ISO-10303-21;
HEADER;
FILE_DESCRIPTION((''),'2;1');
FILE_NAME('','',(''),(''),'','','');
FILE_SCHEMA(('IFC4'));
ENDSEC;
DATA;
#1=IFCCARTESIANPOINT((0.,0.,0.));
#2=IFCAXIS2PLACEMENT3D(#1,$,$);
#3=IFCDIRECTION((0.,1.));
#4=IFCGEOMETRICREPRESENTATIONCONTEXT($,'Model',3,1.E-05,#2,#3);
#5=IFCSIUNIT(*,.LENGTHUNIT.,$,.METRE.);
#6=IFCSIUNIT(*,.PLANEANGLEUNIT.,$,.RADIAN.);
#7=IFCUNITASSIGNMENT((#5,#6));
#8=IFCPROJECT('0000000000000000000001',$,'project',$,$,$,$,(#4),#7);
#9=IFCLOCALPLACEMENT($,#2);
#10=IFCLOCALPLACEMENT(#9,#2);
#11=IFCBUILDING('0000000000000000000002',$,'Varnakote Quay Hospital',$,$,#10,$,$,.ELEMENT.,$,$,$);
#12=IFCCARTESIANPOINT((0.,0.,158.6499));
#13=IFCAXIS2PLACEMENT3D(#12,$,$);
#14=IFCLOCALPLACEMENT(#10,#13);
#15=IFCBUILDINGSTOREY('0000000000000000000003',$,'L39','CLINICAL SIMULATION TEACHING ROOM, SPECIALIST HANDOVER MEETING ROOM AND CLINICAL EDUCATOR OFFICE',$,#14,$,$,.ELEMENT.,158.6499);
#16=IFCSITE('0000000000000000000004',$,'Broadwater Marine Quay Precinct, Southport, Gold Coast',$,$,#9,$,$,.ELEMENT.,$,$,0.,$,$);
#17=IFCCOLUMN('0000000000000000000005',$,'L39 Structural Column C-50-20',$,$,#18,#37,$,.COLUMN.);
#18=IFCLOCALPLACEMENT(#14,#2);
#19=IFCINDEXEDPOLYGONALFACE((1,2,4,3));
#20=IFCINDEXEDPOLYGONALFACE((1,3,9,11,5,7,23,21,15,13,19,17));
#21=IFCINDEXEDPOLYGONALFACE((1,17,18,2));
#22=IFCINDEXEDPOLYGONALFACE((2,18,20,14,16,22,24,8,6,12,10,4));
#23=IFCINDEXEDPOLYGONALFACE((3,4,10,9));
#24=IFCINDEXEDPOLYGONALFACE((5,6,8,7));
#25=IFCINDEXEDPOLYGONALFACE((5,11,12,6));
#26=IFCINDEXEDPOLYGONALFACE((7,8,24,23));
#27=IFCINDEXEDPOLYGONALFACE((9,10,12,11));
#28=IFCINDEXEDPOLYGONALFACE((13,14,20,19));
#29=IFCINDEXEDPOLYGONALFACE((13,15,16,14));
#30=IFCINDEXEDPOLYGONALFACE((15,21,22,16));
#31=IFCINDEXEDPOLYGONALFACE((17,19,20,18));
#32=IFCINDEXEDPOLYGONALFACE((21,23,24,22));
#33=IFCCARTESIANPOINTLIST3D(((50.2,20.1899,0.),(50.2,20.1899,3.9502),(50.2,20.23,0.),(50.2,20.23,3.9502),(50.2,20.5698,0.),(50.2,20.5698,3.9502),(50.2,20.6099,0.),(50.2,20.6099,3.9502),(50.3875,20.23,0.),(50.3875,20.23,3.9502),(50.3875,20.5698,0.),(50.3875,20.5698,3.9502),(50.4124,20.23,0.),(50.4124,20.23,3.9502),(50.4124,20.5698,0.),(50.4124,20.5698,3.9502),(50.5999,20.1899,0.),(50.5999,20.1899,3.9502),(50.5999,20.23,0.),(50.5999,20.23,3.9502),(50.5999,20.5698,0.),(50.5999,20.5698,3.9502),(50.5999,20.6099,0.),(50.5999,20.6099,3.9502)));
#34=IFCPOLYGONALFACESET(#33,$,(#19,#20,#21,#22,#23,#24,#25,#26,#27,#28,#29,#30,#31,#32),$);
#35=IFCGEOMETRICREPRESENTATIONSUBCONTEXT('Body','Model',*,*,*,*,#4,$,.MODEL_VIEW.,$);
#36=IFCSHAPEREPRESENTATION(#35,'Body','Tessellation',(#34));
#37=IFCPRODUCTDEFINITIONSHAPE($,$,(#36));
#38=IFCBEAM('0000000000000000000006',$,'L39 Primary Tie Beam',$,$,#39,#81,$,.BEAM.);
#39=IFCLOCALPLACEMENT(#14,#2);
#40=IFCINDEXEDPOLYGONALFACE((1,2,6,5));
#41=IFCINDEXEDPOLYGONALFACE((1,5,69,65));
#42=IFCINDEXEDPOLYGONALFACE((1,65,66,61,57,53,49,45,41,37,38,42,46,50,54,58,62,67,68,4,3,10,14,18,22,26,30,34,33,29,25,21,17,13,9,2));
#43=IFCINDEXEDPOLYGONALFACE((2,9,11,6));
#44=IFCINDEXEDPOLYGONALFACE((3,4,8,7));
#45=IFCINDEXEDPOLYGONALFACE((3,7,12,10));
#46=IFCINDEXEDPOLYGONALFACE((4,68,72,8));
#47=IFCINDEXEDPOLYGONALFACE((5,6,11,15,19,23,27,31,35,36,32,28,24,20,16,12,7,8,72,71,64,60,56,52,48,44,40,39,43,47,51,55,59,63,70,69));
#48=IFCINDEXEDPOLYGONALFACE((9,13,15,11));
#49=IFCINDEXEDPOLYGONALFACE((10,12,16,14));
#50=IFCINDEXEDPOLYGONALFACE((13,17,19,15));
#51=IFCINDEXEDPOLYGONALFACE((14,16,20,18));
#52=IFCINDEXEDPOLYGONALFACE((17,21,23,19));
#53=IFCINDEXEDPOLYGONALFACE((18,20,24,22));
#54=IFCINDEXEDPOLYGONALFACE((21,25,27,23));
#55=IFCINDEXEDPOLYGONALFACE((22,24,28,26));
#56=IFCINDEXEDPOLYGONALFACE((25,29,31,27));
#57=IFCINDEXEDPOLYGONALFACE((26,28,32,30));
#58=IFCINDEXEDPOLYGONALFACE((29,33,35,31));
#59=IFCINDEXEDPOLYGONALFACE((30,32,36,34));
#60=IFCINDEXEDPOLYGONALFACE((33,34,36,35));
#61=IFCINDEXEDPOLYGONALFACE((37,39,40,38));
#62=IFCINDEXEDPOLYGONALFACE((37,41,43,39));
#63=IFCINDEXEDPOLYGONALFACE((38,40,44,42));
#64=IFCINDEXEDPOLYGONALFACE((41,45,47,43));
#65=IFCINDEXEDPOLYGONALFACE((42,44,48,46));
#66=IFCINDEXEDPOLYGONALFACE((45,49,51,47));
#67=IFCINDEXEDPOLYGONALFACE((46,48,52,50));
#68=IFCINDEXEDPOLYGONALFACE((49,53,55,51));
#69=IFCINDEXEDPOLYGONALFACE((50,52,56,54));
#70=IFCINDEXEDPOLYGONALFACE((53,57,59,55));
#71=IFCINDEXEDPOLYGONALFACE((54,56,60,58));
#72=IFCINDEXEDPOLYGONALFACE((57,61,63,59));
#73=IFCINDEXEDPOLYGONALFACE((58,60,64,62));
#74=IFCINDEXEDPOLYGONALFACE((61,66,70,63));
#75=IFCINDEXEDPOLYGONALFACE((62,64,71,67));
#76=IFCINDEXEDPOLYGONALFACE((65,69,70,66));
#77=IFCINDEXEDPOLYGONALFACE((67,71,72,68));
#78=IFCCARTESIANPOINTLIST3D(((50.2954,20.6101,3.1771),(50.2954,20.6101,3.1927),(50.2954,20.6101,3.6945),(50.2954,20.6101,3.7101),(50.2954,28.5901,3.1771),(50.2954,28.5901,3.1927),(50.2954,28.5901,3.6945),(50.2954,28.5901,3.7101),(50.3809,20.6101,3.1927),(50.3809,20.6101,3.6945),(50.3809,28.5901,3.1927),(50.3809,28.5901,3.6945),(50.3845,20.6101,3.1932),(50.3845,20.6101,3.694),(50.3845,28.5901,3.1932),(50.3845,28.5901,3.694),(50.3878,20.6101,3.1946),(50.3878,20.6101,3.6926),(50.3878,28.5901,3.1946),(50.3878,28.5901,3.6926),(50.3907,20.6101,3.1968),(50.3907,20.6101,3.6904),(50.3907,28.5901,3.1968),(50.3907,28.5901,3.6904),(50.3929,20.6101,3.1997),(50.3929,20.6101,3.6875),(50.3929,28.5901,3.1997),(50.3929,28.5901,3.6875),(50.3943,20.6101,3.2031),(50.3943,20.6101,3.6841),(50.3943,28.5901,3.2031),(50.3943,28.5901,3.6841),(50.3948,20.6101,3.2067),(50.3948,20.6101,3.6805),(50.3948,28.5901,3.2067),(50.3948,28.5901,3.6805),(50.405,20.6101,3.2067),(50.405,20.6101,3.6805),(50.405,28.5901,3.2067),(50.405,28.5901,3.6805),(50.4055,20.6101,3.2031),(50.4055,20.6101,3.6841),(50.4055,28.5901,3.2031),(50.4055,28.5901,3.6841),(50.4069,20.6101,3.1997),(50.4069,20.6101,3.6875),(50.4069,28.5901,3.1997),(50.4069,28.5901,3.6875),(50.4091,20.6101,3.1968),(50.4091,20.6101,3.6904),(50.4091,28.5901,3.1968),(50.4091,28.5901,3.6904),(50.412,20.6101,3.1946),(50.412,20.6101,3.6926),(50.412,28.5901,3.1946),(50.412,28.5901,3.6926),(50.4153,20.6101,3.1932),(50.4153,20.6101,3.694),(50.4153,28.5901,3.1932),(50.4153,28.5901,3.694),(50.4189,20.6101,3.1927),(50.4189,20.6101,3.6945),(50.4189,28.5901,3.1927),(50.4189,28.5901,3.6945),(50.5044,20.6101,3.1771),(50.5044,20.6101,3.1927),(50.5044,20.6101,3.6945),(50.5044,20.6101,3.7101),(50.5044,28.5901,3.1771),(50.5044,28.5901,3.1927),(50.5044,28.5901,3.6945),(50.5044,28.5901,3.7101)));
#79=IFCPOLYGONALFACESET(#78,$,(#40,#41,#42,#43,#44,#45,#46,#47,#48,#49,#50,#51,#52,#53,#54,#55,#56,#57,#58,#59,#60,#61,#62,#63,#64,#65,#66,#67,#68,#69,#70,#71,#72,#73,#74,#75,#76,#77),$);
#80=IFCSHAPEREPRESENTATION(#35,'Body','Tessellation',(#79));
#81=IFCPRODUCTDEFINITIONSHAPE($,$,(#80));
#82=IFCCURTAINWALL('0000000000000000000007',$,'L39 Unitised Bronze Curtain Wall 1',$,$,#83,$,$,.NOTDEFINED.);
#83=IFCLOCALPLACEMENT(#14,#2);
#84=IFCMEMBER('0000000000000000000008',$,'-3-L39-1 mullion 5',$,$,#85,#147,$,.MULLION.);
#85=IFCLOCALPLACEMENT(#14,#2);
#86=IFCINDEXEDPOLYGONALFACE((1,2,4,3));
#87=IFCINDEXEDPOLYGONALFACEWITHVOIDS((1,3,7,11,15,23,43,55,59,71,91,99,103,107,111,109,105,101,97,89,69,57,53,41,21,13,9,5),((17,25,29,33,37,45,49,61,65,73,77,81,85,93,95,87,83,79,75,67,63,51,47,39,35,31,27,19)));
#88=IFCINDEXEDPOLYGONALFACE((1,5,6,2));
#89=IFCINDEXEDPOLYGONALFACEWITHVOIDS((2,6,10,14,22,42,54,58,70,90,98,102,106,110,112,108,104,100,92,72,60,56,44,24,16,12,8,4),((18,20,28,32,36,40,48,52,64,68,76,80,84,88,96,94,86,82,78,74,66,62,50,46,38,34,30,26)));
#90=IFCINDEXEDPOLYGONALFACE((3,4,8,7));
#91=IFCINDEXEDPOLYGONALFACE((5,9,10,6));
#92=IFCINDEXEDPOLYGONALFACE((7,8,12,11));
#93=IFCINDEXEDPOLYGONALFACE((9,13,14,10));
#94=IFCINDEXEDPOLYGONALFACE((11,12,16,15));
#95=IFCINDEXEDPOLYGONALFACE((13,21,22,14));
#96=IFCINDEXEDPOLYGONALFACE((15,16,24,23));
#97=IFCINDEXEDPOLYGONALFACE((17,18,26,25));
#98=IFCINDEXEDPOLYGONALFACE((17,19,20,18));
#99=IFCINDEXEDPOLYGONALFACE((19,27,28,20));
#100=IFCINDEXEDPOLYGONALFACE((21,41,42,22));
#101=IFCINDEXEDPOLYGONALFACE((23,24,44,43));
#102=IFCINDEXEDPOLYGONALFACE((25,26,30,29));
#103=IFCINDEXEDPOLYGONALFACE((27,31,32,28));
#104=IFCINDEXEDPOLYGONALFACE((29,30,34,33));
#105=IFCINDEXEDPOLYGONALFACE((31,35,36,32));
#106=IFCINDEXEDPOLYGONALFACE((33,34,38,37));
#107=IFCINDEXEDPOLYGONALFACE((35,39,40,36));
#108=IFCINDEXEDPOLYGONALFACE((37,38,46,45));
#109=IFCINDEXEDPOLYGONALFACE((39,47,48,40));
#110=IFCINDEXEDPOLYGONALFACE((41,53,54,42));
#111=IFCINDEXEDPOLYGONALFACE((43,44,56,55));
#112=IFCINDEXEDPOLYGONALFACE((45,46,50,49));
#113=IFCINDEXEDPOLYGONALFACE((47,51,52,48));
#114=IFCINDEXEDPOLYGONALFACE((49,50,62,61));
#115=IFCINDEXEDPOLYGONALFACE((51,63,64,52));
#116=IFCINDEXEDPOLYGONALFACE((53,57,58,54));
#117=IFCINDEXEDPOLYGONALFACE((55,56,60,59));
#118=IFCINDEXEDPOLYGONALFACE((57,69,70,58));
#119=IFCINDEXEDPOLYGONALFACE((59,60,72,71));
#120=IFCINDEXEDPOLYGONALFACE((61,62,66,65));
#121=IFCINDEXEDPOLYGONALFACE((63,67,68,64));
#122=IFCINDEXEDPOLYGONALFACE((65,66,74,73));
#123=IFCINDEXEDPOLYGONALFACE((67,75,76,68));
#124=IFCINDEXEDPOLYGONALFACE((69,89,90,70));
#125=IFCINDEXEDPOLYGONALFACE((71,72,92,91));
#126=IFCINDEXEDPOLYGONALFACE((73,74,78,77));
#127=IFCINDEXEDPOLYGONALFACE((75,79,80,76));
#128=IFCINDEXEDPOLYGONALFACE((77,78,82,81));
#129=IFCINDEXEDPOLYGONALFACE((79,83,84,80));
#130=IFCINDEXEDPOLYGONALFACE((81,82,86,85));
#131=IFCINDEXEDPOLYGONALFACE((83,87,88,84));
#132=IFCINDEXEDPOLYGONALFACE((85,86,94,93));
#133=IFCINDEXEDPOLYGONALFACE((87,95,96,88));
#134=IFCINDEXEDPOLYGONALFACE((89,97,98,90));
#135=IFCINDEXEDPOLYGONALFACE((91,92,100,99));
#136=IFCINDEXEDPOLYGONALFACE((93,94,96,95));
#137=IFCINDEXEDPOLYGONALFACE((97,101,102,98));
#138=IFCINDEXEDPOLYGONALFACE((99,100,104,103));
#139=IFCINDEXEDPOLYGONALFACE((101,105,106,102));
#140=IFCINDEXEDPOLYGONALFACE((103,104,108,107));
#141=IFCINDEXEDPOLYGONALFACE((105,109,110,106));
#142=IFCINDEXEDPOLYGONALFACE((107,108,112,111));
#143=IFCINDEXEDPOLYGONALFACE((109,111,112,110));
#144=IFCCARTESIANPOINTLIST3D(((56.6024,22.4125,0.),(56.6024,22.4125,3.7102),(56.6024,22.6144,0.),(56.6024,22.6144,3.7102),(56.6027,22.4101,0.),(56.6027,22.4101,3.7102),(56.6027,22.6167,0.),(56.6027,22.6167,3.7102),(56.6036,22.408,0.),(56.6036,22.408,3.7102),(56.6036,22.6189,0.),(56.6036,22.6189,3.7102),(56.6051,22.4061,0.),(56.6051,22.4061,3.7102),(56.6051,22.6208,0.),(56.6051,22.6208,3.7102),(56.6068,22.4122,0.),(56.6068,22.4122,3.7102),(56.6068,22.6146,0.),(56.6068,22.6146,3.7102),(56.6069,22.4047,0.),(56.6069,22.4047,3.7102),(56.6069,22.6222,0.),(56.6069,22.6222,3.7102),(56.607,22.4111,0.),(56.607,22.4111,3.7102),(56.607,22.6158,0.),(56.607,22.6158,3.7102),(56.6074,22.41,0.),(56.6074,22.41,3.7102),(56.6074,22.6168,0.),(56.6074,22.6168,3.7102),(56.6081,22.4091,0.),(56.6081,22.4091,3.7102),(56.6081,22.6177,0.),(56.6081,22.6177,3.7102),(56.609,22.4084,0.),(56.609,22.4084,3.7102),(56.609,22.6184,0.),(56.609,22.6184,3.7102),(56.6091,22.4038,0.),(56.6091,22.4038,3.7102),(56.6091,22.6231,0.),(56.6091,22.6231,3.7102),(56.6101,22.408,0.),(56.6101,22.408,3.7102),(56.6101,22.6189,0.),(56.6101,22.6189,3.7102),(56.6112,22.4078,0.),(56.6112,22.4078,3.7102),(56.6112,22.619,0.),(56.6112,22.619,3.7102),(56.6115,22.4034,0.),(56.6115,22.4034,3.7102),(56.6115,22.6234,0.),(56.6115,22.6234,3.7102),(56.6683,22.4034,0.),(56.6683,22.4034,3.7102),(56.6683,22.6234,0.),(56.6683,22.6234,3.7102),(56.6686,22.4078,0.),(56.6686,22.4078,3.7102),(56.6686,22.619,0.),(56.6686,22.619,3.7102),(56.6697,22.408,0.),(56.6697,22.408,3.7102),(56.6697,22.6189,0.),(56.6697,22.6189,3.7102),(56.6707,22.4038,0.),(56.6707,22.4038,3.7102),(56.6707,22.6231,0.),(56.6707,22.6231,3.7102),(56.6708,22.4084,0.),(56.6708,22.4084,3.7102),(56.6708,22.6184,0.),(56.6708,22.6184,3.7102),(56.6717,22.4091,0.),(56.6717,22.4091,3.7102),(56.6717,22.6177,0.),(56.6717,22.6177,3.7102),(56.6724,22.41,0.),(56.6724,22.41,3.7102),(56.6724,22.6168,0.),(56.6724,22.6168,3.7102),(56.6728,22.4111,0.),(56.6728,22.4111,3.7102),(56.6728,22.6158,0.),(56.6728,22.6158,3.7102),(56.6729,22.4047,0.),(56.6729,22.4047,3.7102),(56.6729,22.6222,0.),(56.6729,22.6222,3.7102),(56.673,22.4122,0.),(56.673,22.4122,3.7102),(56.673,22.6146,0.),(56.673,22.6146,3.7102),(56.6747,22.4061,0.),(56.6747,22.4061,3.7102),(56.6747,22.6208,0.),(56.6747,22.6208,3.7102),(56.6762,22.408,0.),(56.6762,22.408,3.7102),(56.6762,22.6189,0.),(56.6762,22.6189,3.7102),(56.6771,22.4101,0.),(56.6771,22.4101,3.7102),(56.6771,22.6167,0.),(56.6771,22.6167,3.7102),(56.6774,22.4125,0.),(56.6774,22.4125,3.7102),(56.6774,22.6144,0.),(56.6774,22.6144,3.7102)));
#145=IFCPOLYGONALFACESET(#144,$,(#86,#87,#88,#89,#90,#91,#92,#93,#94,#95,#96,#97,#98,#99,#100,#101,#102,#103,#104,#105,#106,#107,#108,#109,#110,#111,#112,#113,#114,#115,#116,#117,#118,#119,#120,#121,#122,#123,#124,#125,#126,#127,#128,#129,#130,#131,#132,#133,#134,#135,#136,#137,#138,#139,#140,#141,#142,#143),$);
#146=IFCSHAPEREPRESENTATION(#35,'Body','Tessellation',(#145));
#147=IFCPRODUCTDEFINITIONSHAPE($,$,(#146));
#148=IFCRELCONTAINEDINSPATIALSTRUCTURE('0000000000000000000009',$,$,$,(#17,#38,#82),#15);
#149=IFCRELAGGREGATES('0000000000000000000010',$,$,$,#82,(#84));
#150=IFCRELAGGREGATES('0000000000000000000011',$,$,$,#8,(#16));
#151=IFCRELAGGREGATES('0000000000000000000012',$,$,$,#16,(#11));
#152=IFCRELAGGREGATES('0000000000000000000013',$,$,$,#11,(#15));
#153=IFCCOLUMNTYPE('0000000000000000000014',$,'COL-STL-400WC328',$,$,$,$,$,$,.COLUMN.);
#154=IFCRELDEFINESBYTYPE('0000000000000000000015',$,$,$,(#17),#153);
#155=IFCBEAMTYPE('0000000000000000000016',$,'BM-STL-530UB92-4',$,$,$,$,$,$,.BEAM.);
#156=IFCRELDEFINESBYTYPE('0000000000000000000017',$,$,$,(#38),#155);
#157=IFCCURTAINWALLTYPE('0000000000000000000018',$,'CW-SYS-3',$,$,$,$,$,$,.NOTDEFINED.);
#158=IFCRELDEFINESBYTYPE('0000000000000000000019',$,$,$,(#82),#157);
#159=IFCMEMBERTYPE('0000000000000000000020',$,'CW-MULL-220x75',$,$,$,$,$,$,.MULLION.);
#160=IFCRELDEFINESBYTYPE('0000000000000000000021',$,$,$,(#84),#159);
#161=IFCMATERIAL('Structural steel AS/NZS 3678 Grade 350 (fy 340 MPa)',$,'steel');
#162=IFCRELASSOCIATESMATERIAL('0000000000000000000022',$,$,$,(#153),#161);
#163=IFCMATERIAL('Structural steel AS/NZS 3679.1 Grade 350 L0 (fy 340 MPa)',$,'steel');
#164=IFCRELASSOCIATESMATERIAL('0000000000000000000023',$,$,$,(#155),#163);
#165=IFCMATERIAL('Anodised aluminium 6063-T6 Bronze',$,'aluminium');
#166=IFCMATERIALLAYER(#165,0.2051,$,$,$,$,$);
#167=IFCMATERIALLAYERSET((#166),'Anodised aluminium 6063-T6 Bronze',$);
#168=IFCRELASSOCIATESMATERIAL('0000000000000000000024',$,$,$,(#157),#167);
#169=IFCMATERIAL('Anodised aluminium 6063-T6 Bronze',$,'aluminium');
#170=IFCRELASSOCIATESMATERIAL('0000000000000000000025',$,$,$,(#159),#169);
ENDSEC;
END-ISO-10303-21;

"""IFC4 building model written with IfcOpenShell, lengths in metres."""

from ifc_helpers import new_model, si_unit, direction, frame, origin, origin_2d, place, context, subcontext, project, spatial, hollow_rectangle, i_section, extrude, material, layer, layer_set, material_profile, profile_set, type_object, element, aggregate, save


model = new_model("IFC4")

# Units and contexts
model_context = context("Model", 3, precision=1e-05, world=origin(), true_north=direction((0.0, 1.0)))
body_context = subcontext(model_context, "Body", "Model", "MODEL_VIEW")
ifc_project = project(units=[si_unit("LENGTHUNIT", "METRE"), si_unit("PLANEANGLEUNIT", "RADIAN")], contexts=[model_context])

# Site, building, storey
site_placement = place(None, origin())
site = spatial("IfcSite", under=ifc_project, at=site_placement, Name="Broadwater Marine Quay Precinct, Southport, Gold Coast", CompositionType="ELEMENT", RefElevation=0.0)
building_placement = place(site_placement, origin())
building = spatial("IfcBuilding", under=site, at=building_placement, Name="Varnakote Quay Hospital", CompositionType="ELEMENT")
storey_placement = place(building_placement, frame((0.0, 0.0, 158.6499)))
storey = spatial("IfcBuildingStorey", under=building, at=storey_placement, Name="L39", Description="CLINICAL SIMULATION TEACHING ROOM, SPECIALIST HANDOVER MEETING ROOM AND CLINICAL EDUCATOR OFFICE", CompositionType="ELEMENT", Elevation=158.6499)

# Column
ifc_material_1 = material(Name="Structural steel AS/NZS 3678 Grade 350 (fy 340 MPa)", Category="steel")
ifc_material_profile_1 = material_profile(ifc_material_1, i_section(OverallWidth=0.3999, OverallDepth=0.4199, WebThickness=0.0249, FlangeThickness=0.04, at=origin_2d()), Name="400WC328")
ifc_profile_set_1 = profile_set([ifc_material_profile_1], Name="Structural steel AS/NZS 3678 Grade 350 (fy 340 MPa)")
column_type = type_object("IfcColumnType", Name="COL-STL-400WC328", PredefinedType="COLUMN", material=ifc_profile_set_1)
column_placement = place(storey_placement, frame((50.3999, 20.3999, 0.0), z_axis=(0.0, 0.0, 1.0), x_axis=(1.0, 0.0, 0.0)))
element("IfcColumn", 1, at=column_placement, inside=storey, type_object=column_type, Name="L39 Structural Column C-50-20", PredefinedType="COLUMN", context=body_context, shape_type="SweptSolid", body=[
    extrude(i_section(OverallWidth=0.3999, OverallDepth=0.4199, WebThickness=0.0249, FlangeThickness=0.04, at=origin_2d()), origin(), (0.0, 0.0, 1.0), 3.9502),
])

# Beam
ifc_material_2 = material(Name="Structural steel AS/NZS 3679.1 Grade 350 L0 (fy 340 MPa)", Category="steel")
ifc_material_profile_2 = material_profile(ifc_material_2, i_section(OverallWidth=0.209, OverallDepth=0.533, WebThickness=0.0103, FlangeThickness=0.0156, FilletRadius=0.0139, at=origin_2d()), Name="530UB92.4")
ifc_profile_set_2 = profile_set([ifc_material_profile_2], Name="Structural steel AS/NZS 3679.1 Grade 350 L0 (fy 340 MPa)")
beam_type = type_object("IfcBeamType", Name="BM-STL-530UB92-4", PredefinedType="BEAM", material=ifc_profile_set_2)
beam_placement = place(storey_placement, frame((50.3999, 20.6101, 3.4436), z_axis=(0.0, 1.0, 0.0), x_axis=(-1.0, 0.0, 0.0)))
element("IfcBeam", 2, at=beam_placement, inside=storey, type_object=beam_type, Name="L39 Primary Tie Beam", PredefinedType="BEAM", context=body_context, shape_type="SweptSolid", body=[
    extrude(i_section(OverallWidth=0.209, OverallDepth=0.533, WebThickness=0.0103, FlangeThickness=0.0156, FilletRadius=0.0139, at=origin_2d()), origin(), (0.0, 0.0, 1.0), 7.98),
])

# Curtain wall, member
ifc_material_3 = material(Name="Anodised aluminium 6063-T6 Bronze", Category="aluminium")
ifc_layer_1 = layer(ifc_material_3, 0.2051)
ifc_layer_set_1 = layer_set([ifc_layer_1], Name="Anodised aluminium 6063-T6 Bronze")
curtain_wall_type = type_object("IfcCurtainWallType", Name="CW-SYS-3", PredefinedType="NOTDEFINED", material=ifc_layer_set_1)
curtain_wall_placement = place(storey_placement, origin())
curtain_wall = element("IfcCurtainWall", 3, at=curtain_wall_placement, inside=storey, type_object=curtain_wall_type, Name="L39 Unitised Bronze Curtain Wall 1", PredefinedType="NOTDEFINED")
ifc_material_4 = material(Name="Anodised aluminium 6063-T6 Bronze", Category="aluminium")
ifc_material_profile_3 = material_profile(ifc_material_4, hollow_rectangle(XDim=0.075, YDim=0.22, WallThickness=0.0044, InnerFilletRadius=0.0044, OuterFilletRadius=0.009, at=origin_2d()), Name="CW-MULL-220x75")
ifc_profile_set_3 = profile_set([ifc_material_profile_3], Name="Anodised aluminium 6063-T6 Bronze")
member_type_1 = type_object("IfcMemberType", Name="CW-MULL-220x75", PredefinedType="MULLION", material=ifc_profile_set_3)
member_1_placement = place(storey_placement, frame((56.6399, 22.5134, 0.0), z_axis=(0.0, 0.0, 1.0), x_axis=(-1.0, 0.0, 0.0)))
member_1 = element("IfcMember", 4, at=member_1_placement, type_object=member_type_1, Name="-3-L39-1 mullion 5", PredefinedType="MULLION", context=body_context, shape_type="SweptSolid", body=[
    extrude(hollow_rectangle(XDim=0.075, YDim=0.22, WallThickness=0.0044, InnerFilletRadius=0.0044, OuterFilletRadius=0.009, at=origin_2d()), origin(), (0.0, 0.0, 1.0), 3.7102),
])
aggregate(curtain_wall, [member_1])

save(model, "model.ifc")
